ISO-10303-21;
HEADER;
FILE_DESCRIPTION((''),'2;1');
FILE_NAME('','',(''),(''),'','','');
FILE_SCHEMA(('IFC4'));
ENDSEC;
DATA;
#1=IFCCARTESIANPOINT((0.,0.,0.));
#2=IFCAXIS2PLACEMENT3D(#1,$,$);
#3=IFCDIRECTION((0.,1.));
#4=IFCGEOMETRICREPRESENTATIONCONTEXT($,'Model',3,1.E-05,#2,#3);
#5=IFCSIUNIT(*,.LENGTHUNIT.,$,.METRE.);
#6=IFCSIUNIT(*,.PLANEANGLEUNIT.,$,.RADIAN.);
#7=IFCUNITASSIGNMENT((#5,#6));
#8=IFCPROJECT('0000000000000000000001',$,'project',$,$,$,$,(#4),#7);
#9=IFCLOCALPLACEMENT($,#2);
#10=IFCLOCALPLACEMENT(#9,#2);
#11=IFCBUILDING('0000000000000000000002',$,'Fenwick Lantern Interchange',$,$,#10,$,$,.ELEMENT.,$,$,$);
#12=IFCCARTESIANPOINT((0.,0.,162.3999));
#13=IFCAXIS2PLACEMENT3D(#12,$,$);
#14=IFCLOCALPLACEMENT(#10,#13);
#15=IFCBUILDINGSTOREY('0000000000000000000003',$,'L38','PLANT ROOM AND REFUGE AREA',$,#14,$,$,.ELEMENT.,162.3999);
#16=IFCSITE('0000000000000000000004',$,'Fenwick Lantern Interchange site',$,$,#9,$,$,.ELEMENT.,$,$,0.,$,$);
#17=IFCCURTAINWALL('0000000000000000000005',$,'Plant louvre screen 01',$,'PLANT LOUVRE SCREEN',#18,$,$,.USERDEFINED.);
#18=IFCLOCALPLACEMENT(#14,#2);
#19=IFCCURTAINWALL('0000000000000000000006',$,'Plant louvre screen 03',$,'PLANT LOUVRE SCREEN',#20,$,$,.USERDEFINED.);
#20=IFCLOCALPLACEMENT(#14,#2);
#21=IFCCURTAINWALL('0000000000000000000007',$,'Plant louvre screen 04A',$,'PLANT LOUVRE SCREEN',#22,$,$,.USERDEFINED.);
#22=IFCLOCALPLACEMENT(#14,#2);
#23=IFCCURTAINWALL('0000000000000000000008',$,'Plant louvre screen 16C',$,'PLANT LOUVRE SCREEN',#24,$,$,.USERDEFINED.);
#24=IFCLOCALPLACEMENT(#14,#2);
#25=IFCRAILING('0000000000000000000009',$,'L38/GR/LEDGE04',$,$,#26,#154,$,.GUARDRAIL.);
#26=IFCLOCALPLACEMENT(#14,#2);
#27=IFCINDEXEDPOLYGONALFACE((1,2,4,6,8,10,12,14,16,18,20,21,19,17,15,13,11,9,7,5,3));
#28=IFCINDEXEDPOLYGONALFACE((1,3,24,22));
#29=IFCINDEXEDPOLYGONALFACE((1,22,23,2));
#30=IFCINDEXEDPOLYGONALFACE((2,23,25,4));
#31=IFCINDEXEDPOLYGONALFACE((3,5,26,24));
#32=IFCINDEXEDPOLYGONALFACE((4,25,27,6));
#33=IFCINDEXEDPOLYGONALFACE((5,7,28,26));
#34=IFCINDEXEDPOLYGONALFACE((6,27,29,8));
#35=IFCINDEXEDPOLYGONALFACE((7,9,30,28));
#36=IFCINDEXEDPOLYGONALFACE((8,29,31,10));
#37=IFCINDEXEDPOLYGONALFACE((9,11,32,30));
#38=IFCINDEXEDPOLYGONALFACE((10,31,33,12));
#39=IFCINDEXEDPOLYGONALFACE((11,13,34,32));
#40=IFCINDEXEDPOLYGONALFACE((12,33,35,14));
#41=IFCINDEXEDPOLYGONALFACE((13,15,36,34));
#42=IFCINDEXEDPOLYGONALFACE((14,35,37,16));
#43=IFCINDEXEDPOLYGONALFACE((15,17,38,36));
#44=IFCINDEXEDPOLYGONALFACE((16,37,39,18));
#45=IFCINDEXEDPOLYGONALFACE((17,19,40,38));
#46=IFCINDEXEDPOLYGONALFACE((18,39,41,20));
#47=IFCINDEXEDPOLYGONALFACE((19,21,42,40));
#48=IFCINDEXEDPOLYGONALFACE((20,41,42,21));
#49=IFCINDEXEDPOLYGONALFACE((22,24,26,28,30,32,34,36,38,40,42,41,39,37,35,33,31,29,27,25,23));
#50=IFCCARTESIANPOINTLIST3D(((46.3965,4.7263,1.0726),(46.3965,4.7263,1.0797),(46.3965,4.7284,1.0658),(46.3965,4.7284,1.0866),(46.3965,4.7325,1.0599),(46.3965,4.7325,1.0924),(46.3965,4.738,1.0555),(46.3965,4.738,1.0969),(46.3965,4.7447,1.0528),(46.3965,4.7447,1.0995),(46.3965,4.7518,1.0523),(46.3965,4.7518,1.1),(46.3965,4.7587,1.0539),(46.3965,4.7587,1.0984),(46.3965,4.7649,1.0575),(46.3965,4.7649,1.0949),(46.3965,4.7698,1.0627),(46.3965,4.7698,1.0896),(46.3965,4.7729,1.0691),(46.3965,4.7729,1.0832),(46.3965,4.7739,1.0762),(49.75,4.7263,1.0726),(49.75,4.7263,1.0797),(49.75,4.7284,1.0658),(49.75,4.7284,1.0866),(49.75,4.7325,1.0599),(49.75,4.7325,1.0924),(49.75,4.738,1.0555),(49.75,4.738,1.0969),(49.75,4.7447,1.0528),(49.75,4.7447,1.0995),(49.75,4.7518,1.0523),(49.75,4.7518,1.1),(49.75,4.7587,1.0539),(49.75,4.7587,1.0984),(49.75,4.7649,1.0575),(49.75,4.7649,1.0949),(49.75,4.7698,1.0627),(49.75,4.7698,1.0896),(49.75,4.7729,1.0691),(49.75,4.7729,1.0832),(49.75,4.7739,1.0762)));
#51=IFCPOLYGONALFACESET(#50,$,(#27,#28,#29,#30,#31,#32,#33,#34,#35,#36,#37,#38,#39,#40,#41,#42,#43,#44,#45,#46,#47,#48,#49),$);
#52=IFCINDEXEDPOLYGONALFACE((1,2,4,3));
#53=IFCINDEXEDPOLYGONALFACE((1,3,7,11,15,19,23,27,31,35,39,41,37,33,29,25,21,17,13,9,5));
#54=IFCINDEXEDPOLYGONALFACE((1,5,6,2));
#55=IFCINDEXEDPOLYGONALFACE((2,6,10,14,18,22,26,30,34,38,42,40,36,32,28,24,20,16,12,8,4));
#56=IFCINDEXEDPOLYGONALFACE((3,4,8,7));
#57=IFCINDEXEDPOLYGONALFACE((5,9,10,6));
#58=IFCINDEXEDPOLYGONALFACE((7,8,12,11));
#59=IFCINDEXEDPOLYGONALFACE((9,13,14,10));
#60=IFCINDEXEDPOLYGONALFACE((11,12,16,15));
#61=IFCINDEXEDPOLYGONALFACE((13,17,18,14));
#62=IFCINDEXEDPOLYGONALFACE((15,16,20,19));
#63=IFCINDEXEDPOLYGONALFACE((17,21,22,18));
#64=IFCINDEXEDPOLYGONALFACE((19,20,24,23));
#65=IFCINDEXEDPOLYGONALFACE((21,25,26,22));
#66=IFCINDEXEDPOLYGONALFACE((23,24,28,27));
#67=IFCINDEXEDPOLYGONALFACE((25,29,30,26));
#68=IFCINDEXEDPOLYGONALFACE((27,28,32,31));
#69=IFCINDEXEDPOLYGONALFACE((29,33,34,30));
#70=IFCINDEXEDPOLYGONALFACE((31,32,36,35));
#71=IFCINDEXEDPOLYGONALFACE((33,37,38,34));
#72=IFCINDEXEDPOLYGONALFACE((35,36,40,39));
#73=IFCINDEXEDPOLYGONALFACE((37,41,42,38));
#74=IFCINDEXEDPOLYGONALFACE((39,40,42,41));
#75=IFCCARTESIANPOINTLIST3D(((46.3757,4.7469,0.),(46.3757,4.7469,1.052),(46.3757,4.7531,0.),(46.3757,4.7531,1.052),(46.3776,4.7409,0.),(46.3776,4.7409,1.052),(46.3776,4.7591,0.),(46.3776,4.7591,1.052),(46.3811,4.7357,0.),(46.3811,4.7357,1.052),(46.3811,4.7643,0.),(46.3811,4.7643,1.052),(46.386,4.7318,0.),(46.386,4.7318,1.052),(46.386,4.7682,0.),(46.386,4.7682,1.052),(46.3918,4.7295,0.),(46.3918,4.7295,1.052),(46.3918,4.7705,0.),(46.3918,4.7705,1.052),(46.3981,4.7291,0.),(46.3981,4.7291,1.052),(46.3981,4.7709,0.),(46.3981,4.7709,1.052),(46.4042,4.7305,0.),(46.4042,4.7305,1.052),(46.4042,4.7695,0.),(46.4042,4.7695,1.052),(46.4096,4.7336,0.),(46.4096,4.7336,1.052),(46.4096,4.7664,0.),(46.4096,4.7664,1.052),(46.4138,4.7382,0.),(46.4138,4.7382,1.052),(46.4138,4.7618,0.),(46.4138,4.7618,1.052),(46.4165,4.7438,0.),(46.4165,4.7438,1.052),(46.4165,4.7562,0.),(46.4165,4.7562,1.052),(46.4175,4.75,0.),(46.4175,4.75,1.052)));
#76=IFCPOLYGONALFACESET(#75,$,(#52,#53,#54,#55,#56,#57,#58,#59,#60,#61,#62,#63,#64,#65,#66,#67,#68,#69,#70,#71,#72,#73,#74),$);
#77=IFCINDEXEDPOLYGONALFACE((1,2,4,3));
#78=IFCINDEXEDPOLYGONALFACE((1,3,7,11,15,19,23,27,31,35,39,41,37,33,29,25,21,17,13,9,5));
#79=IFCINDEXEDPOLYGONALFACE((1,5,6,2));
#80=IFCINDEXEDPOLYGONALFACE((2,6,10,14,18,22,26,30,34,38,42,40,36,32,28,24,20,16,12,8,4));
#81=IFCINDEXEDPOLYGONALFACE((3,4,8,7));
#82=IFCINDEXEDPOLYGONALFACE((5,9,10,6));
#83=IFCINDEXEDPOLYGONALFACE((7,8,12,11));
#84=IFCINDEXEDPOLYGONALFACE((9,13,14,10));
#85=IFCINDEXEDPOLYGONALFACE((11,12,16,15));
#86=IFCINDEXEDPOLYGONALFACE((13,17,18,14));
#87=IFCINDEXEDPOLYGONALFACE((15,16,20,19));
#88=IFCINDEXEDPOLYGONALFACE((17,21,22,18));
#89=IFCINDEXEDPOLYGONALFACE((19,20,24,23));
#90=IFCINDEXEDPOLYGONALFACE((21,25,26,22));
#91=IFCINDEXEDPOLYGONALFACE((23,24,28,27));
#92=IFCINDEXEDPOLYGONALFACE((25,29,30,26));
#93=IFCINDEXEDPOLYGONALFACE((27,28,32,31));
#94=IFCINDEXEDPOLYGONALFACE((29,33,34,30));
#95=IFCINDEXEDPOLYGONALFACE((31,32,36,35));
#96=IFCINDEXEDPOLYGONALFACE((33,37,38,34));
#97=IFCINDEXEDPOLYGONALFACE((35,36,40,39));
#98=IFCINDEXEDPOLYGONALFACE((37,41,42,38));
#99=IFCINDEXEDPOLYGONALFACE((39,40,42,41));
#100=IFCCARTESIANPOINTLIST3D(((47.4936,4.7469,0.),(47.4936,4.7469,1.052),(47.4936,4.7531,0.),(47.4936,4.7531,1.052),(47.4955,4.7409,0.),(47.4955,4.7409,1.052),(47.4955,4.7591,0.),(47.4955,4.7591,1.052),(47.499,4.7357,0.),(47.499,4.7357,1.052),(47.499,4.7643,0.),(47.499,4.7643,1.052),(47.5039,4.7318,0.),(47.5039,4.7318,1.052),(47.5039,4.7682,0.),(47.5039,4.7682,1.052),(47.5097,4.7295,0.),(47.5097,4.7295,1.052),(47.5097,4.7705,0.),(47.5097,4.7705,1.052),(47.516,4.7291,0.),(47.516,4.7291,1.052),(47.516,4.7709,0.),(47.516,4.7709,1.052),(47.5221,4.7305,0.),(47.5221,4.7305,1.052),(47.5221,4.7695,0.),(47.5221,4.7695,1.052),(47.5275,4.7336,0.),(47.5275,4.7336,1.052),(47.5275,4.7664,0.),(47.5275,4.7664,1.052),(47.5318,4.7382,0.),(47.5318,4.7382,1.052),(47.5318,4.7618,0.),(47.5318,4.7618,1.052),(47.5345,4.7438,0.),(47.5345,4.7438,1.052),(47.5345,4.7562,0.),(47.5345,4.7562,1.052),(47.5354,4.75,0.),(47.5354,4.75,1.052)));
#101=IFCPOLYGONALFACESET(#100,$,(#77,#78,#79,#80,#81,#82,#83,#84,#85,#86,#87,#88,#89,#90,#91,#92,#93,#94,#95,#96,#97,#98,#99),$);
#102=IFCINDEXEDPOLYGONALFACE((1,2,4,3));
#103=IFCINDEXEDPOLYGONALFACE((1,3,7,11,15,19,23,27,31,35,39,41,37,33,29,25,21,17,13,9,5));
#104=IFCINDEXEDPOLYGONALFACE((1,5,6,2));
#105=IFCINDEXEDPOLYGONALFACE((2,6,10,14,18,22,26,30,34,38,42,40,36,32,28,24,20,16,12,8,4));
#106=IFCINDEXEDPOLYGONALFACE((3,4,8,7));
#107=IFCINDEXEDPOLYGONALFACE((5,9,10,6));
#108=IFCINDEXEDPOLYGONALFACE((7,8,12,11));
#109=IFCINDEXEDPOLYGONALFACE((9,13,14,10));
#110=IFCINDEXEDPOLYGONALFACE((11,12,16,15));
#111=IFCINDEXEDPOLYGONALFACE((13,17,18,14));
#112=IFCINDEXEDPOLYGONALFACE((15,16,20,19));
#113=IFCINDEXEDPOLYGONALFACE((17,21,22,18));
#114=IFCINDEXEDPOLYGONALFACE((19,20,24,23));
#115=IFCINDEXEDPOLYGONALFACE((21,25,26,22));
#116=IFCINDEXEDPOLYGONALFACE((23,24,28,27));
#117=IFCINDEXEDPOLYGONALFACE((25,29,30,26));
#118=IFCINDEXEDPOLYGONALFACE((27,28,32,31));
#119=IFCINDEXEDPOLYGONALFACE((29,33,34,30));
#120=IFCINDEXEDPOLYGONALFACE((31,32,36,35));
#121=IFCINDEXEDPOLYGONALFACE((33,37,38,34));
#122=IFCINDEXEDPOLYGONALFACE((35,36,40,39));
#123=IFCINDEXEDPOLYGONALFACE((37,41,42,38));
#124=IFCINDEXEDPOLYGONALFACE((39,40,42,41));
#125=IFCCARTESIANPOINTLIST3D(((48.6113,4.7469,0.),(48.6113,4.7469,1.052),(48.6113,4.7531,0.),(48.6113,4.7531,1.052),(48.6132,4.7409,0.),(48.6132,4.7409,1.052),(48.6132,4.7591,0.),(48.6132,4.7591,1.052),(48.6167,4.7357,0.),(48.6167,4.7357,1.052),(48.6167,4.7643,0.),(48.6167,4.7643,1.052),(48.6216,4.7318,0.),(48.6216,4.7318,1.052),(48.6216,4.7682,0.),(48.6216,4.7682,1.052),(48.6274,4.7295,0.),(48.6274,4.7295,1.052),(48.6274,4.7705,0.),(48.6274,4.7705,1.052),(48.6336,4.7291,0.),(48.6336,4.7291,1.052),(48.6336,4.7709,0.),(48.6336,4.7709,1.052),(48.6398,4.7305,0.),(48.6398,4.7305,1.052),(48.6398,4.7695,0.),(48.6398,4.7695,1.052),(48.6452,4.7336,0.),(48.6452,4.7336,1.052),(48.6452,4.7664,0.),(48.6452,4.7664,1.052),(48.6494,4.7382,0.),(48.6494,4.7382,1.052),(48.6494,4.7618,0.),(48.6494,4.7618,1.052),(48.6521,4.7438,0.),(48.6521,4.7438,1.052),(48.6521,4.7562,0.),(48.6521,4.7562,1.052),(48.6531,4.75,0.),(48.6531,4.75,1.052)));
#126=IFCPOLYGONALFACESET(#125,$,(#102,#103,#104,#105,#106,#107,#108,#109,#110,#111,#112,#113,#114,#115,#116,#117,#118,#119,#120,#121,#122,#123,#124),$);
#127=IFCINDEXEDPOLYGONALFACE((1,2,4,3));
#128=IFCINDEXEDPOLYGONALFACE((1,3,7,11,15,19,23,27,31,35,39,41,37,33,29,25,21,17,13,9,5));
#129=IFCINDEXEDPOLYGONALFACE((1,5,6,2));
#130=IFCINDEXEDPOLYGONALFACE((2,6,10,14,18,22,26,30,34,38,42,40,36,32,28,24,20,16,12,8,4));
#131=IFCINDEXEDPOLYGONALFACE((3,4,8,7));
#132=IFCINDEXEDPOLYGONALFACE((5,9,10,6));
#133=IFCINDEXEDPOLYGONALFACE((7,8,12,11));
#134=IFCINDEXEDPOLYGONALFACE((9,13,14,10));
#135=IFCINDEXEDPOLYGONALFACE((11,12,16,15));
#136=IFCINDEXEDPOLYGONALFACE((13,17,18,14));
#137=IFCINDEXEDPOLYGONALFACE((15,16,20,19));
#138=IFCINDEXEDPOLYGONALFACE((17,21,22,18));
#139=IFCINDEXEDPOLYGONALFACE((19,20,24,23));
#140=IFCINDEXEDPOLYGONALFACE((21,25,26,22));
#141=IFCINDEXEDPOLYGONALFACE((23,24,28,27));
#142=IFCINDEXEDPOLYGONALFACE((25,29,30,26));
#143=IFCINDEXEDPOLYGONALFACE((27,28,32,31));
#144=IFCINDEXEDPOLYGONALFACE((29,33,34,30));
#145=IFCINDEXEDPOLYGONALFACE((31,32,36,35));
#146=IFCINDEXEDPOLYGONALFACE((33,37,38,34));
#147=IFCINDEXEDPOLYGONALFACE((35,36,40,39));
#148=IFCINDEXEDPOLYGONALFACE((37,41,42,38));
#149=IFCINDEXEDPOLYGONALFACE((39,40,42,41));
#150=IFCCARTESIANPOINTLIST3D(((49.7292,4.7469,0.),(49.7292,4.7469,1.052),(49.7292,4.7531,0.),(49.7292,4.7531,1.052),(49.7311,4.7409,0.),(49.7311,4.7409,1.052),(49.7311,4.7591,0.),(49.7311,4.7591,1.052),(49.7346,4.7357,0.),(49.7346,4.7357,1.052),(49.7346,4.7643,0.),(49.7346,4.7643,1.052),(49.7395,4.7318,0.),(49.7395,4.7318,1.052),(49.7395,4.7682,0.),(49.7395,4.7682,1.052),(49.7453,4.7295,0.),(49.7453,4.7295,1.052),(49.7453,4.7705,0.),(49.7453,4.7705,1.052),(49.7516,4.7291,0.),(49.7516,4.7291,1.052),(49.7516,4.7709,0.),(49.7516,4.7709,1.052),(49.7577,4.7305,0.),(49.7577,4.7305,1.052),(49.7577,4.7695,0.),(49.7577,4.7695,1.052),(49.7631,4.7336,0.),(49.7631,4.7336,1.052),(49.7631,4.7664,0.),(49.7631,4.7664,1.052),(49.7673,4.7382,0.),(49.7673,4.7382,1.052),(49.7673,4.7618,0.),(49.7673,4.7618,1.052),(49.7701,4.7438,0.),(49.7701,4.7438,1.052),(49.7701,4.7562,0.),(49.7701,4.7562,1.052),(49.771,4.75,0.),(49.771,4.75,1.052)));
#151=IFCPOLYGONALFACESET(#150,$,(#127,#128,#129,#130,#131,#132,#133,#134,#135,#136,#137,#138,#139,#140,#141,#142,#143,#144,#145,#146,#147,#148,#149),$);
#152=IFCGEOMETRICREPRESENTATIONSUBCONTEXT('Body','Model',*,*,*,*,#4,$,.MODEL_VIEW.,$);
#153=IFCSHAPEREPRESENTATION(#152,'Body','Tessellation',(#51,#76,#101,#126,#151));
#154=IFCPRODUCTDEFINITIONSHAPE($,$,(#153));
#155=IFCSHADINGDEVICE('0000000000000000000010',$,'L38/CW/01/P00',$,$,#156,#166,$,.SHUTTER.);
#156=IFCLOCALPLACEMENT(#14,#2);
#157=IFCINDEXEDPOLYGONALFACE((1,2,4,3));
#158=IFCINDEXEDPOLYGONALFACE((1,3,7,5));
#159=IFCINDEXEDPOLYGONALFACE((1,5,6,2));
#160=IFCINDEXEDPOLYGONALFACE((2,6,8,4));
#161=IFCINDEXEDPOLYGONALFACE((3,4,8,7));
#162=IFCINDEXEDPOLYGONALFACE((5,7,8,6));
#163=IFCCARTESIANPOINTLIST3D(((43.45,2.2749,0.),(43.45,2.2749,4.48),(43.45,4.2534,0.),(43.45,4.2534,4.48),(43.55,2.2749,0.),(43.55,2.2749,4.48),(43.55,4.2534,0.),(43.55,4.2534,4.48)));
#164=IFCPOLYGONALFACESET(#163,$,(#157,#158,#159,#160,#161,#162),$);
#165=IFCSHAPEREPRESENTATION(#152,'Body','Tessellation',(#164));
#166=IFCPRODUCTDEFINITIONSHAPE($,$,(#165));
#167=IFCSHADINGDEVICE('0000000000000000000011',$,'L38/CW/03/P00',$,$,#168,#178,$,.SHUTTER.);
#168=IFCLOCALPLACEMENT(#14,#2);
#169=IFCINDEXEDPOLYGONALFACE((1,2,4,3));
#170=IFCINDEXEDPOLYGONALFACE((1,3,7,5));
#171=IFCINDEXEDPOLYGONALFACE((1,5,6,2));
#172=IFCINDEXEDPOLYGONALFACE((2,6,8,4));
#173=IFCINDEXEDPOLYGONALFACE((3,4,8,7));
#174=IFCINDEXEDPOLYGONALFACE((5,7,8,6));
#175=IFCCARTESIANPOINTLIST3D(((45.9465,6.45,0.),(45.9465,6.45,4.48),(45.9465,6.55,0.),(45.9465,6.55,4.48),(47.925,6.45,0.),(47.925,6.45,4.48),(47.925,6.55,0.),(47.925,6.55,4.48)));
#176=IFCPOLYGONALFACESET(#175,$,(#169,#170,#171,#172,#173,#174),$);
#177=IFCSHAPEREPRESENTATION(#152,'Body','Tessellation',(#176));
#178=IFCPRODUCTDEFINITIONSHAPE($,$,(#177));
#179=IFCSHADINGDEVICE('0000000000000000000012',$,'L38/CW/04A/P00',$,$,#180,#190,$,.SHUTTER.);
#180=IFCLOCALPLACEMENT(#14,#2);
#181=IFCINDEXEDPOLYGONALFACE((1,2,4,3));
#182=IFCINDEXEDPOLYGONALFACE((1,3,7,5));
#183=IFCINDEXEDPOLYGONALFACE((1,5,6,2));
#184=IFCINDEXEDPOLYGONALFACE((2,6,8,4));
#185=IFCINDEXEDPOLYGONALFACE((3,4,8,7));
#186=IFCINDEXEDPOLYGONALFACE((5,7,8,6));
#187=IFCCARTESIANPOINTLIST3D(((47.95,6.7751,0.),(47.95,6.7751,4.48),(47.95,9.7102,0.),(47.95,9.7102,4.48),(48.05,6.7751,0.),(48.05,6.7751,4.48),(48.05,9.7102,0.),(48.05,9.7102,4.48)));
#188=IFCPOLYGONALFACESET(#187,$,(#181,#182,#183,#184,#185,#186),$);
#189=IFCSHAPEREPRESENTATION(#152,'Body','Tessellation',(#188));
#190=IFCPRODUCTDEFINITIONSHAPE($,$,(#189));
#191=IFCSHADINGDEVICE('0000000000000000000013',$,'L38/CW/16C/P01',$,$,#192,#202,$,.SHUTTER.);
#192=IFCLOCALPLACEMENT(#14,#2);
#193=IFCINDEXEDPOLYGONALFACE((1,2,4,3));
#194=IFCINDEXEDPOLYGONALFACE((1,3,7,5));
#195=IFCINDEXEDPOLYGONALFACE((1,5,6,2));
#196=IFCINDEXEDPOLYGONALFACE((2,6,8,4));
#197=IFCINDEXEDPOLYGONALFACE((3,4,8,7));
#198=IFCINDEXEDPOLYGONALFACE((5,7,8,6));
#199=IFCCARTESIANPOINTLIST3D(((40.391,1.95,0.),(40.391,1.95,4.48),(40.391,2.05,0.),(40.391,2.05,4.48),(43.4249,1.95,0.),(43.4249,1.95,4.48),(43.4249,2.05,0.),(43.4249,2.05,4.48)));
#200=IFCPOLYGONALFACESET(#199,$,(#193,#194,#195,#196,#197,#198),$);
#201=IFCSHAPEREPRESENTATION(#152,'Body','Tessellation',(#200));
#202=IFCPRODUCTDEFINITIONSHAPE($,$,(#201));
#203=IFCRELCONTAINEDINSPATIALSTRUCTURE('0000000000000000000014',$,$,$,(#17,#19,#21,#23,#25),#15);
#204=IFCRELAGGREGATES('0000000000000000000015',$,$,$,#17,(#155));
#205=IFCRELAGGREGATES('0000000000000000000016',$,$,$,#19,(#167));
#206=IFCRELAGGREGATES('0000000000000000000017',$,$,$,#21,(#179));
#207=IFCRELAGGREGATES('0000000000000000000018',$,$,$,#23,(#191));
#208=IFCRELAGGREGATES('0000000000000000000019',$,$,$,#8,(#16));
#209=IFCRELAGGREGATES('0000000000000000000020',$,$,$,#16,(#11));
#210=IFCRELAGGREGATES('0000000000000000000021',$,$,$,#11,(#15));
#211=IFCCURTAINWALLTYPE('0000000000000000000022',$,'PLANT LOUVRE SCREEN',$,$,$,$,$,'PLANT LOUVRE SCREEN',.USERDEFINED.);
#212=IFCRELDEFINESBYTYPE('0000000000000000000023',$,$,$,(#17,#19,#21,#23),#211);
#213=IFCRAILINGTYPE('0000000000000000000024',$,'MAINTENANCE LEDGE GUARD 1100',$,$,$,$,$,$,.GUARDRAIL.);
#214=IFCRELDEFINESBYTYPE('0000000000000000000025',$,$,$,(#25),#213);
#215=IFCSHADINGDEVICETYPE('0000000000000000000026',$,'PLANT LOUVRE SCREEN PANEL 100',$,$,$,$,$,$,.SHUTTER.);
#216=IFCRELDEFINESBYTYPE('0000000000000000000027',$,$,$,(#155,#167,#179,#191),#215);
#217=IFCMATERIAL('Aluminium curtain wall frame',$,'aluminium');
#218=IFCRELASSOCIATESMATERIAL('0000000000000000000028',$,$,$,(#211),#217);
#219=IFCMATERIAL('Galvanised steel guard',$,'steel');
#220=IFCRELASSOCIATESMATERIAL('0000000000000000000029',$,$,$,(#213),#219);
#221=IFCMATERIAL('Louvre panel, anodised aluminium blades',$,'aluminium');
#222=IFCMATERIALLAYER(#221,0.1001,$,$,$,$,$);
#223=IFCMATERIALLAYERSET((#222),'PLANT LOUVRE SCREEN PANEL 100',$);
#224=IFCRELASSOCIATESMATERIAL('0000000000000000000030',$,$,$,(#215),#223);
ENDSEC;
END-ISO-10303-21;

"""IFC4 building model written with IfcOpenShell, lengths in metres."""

from ifc_helpers import new_model, si_unit, direction, frame, origin, origin_2d, place, context, subcontext, project, spatial, rectangle, circle, extrude, material, layer, layer_set, type_object, element, aggregate, save


model = new_model("IFC4")

# Units and contexts
model_context = context("Model", 3, precision=1e-05, world=origin(), true_north=direction((0.0, 1.0)))
body_context = subcontext(model_context, "Body", "Model", "MODEL_VIEW")
ifc_project = project(units=[si_unit("LENGTHUNIT", "METRE"), si_unit("PLANEANGLEUNIT", "RADIAN")], contexts=[model_context])

# Site, building, storey
site_placement = place(None, origin())
site = spatial("IfcSite", under=ifc_project, at=site_placement, Name="Fenwick Lantern Interchange site", CompositionType="ELEMENT", RefElevation=0.0)
building_placement = place(site_placement, origin())
building = spatial("IfcBuilding", under=site, at=building_placement, Name="Fenwick Lantern Interchange", CompositionType="ELEMENT")
storey_placement = place(building_placement, frame((0.0, 0.0, 162.3999)))
storey = spatial("IfcBuildingStorey", under=building, at=storey_placement, Name="L38", Description="PLANT ROOM AND REFUGE AREA", CompositionType="ELEMENT", Elevation=162.3999)

# Curtain walls
ifc_material_1 = material(Name="Aluminium curtain wall frame", Category="aluminium")
curtain_wall_type = type_object("IfcCurtainWallType", Name="PLANT LOUVRE SCREEN", ElementType="PLANT LOUVRE SCREEN", PredefinedType="USERDEFINED", material=ifc_material_1)
curtain_wall_1_placement = place(storey_placement, origin())
curtain_wall_1 = element("IfcCurtainWall", 1, at=curtain_wall_1_placement, inside=storey, type_object=curtain_wall_type, Name="Plant louvre screen 01", ObjectType="PLANT LOUVRE SCREEN", PredefinedType="USERDEFINED")
curtain_wall_2_placement = place(storey_placement, origin())
curtain_wall_2 = element("IfcCurtainWall", 2, at=curtain_wall_2_placement, inside=storey, type_object=curtain_wall_type, Name="Plant louvre screen 03", ObjectType="PLANT LOUVRE SCREEN", PredefinedType="USERDEFINED")
curtain_wall_3_placement = place(storey_placement, origin())
curtain_wall_3 = element("IfcCurtainWall", 3, at=curtain_wall_3_placement, inside=storey, type_object=curtain_wall_type, Name="Plant louvre screen 04A", ObjectType="PLANT LOUVRE SCREEN", PredefinedType="USERDEFINED")

# Curtain wall
curtain_wall_4_placement = place(storey_placement, origin())
curtain_wall_4 = element("IfcCurtainWall", 4, at=curtain_wall_4_placement, inside=storey, type_object=curtain_wall_type, Name="Plant louvre screen 16C", ObjectType="PLANT LOUVRE SCREEN", PredefinedType="USERDEFINED")

# Railing
ifc_material_2 = material(Name="Galvanised steel guard", Category="steel")
railing_type = type_object("IfcRailingType", Name="MAINTENANCE LEDGE GUARD 1100", PredefinedType="GUARDRAIL", material=ifc_material_2)
railing_1_placement = place(storey_placement, frame((46.3965, 4.75, 0.0)))
element("IfcRailing", 5, at=railing_1_placement, inside=storey, type_object=railing_type, Name="L38/GR/LEDGE04", PredefinedType="GUARDRAIL", context=body_context, shape_type="SweptSolid", body=[
    extrude(circle(Radius=0.0239, at=origin_2d()), frame((0.0, 0.0, 1.0762), z_axis=(1.0, 0.0, 0.0), x_axis=(0.0, 1.0, 0.0)), (0.0, 0.0, 1.0), 3.3535),
    extrude(circle(Radius=0.021, at=origin_2d()), origin(), (0.0, 0.0, 1.0), 1.052),
    extrude(circle(Radius=0.021, at=origin_2d()), frame((1.1179, 0.0, 0.0)), (0.0, 0.0, 1.0), 1.052),
    extrude(circle(Radius=0.021, at=origin_2d()), frame((2.2356, 0.0, 0.0)), (0.0, 0.0, 1.0), 1.052),
    extrude(circle(Radius=0.021, at=origin_2d()), frame((3.3535, 0.0, 0.0)), (0.0, 0.0, 1.0), 1.052),
])

# Shading devices
ifc_material_3 = material(Name="Louvre panel, anodised aluminium blades", Category="aluminium")
ifc_layer_1 = layer(ifc_material_3, 0.1001)
ifc_layer_set_1 = layer_set([ifc_layer_1], Name="PLANT LOUVRE SCREEN PANEL 100")
shading_device_type = type_object("IfcShadingDeviceType", Name="PLANT LOUVRE SCREEN PANEL 100", PredefinedType="SHUTTER", material=ifc_layer_set_1)
shading_device_1_placement = place(storey_placement, frame((43.5, 3.2642, 0.0), z_axis=(0.0, 0.0, 1.0), x_axis=(0.0, 1.0, 0.0)))
shading_device_1 = element("IfcShadingDevice", 6, at=shading_device_1_placement, type_object=shading_device_type, Name="L38/CW/01/P00", PredefinedType="SHUTTER", context=body_context, shape_type="SweptSolid", body=[
    extrude(rectangle(XDim=1.9785, YDim=0.1001, at=origin_2d()), origin(), (0.0, 0.0, 1.0), 4.48),
])
aggregate(curtain_wall_1, [shading_device_1])
shading_device_2_placement = place(storey_placement, frame((46.9358, 6.5, 0.0), z_axis=(0.0, 0.0, 1.0), x_axis=(1.0, 0.0, 0.0)))
shading_device_2 = element("IfcShadingDevice", 7, at=shading_device_2_placement, type_object=shading_device_type, Name="L38/CW/03/P00", PredefinedType="SHUTTER", context=body_context, shape_type="SweptSolid", body=[
    extrude(rectangle(XDim=1.9785, YDim=0.1001, at=origin_2d()), origin(), (0.0, 0.0, 1.0), 4.48),
])
aggregate(curtain_wall_2, [shading_device_2])
shading_device_3_placement = place(storey_placement, frame((48.0, 8.2427, 0.0), z_axis=(0.0, 0.0, 1.0), x_axis=(0.0, 1.0, 0.0)))
shading_device_3 = element("IfcShadingDevice", 8, at=shading_device_3_placement, type_object=shading_device_type, Name="L38/CW/04A/P00", PredefinedType="SHUTTER", context=body_context, shape_type="SweptSolid", body=[
    extrude(rectangle(XDim=2.9351, YDim=0.1001, at=origin_2d()), origin(), (0.0, 0.0, 1.0), 4.48),
])
aggregate(curtain_wall_3, [shading_device_3])
shading_device_4_placement = place(storey_placement, frame((41.908, 2.0, 0.0), z_axis=(0.0, 0.0, 1.0), x_axis=(1.0, 0.0, 0.0)))
shading_device_4 = element("IfcShadingDevice", 9, at=shading_device_4_placement, type_object=shading_device_type, Name="L38/CW/16C/P01", PredefinedType="SHUTTER", context=body_context, shape_type="SweptSolid", body=[
    extrude(rectangle(XDim=3.0339, YDim=0.1001, at=origin_2d()), origin(), (0.0, 0.0, 1.0), 4.48),
])
aggregate(curtain_wall_4, [shading_device_4])

save(model, "model.ifc")
